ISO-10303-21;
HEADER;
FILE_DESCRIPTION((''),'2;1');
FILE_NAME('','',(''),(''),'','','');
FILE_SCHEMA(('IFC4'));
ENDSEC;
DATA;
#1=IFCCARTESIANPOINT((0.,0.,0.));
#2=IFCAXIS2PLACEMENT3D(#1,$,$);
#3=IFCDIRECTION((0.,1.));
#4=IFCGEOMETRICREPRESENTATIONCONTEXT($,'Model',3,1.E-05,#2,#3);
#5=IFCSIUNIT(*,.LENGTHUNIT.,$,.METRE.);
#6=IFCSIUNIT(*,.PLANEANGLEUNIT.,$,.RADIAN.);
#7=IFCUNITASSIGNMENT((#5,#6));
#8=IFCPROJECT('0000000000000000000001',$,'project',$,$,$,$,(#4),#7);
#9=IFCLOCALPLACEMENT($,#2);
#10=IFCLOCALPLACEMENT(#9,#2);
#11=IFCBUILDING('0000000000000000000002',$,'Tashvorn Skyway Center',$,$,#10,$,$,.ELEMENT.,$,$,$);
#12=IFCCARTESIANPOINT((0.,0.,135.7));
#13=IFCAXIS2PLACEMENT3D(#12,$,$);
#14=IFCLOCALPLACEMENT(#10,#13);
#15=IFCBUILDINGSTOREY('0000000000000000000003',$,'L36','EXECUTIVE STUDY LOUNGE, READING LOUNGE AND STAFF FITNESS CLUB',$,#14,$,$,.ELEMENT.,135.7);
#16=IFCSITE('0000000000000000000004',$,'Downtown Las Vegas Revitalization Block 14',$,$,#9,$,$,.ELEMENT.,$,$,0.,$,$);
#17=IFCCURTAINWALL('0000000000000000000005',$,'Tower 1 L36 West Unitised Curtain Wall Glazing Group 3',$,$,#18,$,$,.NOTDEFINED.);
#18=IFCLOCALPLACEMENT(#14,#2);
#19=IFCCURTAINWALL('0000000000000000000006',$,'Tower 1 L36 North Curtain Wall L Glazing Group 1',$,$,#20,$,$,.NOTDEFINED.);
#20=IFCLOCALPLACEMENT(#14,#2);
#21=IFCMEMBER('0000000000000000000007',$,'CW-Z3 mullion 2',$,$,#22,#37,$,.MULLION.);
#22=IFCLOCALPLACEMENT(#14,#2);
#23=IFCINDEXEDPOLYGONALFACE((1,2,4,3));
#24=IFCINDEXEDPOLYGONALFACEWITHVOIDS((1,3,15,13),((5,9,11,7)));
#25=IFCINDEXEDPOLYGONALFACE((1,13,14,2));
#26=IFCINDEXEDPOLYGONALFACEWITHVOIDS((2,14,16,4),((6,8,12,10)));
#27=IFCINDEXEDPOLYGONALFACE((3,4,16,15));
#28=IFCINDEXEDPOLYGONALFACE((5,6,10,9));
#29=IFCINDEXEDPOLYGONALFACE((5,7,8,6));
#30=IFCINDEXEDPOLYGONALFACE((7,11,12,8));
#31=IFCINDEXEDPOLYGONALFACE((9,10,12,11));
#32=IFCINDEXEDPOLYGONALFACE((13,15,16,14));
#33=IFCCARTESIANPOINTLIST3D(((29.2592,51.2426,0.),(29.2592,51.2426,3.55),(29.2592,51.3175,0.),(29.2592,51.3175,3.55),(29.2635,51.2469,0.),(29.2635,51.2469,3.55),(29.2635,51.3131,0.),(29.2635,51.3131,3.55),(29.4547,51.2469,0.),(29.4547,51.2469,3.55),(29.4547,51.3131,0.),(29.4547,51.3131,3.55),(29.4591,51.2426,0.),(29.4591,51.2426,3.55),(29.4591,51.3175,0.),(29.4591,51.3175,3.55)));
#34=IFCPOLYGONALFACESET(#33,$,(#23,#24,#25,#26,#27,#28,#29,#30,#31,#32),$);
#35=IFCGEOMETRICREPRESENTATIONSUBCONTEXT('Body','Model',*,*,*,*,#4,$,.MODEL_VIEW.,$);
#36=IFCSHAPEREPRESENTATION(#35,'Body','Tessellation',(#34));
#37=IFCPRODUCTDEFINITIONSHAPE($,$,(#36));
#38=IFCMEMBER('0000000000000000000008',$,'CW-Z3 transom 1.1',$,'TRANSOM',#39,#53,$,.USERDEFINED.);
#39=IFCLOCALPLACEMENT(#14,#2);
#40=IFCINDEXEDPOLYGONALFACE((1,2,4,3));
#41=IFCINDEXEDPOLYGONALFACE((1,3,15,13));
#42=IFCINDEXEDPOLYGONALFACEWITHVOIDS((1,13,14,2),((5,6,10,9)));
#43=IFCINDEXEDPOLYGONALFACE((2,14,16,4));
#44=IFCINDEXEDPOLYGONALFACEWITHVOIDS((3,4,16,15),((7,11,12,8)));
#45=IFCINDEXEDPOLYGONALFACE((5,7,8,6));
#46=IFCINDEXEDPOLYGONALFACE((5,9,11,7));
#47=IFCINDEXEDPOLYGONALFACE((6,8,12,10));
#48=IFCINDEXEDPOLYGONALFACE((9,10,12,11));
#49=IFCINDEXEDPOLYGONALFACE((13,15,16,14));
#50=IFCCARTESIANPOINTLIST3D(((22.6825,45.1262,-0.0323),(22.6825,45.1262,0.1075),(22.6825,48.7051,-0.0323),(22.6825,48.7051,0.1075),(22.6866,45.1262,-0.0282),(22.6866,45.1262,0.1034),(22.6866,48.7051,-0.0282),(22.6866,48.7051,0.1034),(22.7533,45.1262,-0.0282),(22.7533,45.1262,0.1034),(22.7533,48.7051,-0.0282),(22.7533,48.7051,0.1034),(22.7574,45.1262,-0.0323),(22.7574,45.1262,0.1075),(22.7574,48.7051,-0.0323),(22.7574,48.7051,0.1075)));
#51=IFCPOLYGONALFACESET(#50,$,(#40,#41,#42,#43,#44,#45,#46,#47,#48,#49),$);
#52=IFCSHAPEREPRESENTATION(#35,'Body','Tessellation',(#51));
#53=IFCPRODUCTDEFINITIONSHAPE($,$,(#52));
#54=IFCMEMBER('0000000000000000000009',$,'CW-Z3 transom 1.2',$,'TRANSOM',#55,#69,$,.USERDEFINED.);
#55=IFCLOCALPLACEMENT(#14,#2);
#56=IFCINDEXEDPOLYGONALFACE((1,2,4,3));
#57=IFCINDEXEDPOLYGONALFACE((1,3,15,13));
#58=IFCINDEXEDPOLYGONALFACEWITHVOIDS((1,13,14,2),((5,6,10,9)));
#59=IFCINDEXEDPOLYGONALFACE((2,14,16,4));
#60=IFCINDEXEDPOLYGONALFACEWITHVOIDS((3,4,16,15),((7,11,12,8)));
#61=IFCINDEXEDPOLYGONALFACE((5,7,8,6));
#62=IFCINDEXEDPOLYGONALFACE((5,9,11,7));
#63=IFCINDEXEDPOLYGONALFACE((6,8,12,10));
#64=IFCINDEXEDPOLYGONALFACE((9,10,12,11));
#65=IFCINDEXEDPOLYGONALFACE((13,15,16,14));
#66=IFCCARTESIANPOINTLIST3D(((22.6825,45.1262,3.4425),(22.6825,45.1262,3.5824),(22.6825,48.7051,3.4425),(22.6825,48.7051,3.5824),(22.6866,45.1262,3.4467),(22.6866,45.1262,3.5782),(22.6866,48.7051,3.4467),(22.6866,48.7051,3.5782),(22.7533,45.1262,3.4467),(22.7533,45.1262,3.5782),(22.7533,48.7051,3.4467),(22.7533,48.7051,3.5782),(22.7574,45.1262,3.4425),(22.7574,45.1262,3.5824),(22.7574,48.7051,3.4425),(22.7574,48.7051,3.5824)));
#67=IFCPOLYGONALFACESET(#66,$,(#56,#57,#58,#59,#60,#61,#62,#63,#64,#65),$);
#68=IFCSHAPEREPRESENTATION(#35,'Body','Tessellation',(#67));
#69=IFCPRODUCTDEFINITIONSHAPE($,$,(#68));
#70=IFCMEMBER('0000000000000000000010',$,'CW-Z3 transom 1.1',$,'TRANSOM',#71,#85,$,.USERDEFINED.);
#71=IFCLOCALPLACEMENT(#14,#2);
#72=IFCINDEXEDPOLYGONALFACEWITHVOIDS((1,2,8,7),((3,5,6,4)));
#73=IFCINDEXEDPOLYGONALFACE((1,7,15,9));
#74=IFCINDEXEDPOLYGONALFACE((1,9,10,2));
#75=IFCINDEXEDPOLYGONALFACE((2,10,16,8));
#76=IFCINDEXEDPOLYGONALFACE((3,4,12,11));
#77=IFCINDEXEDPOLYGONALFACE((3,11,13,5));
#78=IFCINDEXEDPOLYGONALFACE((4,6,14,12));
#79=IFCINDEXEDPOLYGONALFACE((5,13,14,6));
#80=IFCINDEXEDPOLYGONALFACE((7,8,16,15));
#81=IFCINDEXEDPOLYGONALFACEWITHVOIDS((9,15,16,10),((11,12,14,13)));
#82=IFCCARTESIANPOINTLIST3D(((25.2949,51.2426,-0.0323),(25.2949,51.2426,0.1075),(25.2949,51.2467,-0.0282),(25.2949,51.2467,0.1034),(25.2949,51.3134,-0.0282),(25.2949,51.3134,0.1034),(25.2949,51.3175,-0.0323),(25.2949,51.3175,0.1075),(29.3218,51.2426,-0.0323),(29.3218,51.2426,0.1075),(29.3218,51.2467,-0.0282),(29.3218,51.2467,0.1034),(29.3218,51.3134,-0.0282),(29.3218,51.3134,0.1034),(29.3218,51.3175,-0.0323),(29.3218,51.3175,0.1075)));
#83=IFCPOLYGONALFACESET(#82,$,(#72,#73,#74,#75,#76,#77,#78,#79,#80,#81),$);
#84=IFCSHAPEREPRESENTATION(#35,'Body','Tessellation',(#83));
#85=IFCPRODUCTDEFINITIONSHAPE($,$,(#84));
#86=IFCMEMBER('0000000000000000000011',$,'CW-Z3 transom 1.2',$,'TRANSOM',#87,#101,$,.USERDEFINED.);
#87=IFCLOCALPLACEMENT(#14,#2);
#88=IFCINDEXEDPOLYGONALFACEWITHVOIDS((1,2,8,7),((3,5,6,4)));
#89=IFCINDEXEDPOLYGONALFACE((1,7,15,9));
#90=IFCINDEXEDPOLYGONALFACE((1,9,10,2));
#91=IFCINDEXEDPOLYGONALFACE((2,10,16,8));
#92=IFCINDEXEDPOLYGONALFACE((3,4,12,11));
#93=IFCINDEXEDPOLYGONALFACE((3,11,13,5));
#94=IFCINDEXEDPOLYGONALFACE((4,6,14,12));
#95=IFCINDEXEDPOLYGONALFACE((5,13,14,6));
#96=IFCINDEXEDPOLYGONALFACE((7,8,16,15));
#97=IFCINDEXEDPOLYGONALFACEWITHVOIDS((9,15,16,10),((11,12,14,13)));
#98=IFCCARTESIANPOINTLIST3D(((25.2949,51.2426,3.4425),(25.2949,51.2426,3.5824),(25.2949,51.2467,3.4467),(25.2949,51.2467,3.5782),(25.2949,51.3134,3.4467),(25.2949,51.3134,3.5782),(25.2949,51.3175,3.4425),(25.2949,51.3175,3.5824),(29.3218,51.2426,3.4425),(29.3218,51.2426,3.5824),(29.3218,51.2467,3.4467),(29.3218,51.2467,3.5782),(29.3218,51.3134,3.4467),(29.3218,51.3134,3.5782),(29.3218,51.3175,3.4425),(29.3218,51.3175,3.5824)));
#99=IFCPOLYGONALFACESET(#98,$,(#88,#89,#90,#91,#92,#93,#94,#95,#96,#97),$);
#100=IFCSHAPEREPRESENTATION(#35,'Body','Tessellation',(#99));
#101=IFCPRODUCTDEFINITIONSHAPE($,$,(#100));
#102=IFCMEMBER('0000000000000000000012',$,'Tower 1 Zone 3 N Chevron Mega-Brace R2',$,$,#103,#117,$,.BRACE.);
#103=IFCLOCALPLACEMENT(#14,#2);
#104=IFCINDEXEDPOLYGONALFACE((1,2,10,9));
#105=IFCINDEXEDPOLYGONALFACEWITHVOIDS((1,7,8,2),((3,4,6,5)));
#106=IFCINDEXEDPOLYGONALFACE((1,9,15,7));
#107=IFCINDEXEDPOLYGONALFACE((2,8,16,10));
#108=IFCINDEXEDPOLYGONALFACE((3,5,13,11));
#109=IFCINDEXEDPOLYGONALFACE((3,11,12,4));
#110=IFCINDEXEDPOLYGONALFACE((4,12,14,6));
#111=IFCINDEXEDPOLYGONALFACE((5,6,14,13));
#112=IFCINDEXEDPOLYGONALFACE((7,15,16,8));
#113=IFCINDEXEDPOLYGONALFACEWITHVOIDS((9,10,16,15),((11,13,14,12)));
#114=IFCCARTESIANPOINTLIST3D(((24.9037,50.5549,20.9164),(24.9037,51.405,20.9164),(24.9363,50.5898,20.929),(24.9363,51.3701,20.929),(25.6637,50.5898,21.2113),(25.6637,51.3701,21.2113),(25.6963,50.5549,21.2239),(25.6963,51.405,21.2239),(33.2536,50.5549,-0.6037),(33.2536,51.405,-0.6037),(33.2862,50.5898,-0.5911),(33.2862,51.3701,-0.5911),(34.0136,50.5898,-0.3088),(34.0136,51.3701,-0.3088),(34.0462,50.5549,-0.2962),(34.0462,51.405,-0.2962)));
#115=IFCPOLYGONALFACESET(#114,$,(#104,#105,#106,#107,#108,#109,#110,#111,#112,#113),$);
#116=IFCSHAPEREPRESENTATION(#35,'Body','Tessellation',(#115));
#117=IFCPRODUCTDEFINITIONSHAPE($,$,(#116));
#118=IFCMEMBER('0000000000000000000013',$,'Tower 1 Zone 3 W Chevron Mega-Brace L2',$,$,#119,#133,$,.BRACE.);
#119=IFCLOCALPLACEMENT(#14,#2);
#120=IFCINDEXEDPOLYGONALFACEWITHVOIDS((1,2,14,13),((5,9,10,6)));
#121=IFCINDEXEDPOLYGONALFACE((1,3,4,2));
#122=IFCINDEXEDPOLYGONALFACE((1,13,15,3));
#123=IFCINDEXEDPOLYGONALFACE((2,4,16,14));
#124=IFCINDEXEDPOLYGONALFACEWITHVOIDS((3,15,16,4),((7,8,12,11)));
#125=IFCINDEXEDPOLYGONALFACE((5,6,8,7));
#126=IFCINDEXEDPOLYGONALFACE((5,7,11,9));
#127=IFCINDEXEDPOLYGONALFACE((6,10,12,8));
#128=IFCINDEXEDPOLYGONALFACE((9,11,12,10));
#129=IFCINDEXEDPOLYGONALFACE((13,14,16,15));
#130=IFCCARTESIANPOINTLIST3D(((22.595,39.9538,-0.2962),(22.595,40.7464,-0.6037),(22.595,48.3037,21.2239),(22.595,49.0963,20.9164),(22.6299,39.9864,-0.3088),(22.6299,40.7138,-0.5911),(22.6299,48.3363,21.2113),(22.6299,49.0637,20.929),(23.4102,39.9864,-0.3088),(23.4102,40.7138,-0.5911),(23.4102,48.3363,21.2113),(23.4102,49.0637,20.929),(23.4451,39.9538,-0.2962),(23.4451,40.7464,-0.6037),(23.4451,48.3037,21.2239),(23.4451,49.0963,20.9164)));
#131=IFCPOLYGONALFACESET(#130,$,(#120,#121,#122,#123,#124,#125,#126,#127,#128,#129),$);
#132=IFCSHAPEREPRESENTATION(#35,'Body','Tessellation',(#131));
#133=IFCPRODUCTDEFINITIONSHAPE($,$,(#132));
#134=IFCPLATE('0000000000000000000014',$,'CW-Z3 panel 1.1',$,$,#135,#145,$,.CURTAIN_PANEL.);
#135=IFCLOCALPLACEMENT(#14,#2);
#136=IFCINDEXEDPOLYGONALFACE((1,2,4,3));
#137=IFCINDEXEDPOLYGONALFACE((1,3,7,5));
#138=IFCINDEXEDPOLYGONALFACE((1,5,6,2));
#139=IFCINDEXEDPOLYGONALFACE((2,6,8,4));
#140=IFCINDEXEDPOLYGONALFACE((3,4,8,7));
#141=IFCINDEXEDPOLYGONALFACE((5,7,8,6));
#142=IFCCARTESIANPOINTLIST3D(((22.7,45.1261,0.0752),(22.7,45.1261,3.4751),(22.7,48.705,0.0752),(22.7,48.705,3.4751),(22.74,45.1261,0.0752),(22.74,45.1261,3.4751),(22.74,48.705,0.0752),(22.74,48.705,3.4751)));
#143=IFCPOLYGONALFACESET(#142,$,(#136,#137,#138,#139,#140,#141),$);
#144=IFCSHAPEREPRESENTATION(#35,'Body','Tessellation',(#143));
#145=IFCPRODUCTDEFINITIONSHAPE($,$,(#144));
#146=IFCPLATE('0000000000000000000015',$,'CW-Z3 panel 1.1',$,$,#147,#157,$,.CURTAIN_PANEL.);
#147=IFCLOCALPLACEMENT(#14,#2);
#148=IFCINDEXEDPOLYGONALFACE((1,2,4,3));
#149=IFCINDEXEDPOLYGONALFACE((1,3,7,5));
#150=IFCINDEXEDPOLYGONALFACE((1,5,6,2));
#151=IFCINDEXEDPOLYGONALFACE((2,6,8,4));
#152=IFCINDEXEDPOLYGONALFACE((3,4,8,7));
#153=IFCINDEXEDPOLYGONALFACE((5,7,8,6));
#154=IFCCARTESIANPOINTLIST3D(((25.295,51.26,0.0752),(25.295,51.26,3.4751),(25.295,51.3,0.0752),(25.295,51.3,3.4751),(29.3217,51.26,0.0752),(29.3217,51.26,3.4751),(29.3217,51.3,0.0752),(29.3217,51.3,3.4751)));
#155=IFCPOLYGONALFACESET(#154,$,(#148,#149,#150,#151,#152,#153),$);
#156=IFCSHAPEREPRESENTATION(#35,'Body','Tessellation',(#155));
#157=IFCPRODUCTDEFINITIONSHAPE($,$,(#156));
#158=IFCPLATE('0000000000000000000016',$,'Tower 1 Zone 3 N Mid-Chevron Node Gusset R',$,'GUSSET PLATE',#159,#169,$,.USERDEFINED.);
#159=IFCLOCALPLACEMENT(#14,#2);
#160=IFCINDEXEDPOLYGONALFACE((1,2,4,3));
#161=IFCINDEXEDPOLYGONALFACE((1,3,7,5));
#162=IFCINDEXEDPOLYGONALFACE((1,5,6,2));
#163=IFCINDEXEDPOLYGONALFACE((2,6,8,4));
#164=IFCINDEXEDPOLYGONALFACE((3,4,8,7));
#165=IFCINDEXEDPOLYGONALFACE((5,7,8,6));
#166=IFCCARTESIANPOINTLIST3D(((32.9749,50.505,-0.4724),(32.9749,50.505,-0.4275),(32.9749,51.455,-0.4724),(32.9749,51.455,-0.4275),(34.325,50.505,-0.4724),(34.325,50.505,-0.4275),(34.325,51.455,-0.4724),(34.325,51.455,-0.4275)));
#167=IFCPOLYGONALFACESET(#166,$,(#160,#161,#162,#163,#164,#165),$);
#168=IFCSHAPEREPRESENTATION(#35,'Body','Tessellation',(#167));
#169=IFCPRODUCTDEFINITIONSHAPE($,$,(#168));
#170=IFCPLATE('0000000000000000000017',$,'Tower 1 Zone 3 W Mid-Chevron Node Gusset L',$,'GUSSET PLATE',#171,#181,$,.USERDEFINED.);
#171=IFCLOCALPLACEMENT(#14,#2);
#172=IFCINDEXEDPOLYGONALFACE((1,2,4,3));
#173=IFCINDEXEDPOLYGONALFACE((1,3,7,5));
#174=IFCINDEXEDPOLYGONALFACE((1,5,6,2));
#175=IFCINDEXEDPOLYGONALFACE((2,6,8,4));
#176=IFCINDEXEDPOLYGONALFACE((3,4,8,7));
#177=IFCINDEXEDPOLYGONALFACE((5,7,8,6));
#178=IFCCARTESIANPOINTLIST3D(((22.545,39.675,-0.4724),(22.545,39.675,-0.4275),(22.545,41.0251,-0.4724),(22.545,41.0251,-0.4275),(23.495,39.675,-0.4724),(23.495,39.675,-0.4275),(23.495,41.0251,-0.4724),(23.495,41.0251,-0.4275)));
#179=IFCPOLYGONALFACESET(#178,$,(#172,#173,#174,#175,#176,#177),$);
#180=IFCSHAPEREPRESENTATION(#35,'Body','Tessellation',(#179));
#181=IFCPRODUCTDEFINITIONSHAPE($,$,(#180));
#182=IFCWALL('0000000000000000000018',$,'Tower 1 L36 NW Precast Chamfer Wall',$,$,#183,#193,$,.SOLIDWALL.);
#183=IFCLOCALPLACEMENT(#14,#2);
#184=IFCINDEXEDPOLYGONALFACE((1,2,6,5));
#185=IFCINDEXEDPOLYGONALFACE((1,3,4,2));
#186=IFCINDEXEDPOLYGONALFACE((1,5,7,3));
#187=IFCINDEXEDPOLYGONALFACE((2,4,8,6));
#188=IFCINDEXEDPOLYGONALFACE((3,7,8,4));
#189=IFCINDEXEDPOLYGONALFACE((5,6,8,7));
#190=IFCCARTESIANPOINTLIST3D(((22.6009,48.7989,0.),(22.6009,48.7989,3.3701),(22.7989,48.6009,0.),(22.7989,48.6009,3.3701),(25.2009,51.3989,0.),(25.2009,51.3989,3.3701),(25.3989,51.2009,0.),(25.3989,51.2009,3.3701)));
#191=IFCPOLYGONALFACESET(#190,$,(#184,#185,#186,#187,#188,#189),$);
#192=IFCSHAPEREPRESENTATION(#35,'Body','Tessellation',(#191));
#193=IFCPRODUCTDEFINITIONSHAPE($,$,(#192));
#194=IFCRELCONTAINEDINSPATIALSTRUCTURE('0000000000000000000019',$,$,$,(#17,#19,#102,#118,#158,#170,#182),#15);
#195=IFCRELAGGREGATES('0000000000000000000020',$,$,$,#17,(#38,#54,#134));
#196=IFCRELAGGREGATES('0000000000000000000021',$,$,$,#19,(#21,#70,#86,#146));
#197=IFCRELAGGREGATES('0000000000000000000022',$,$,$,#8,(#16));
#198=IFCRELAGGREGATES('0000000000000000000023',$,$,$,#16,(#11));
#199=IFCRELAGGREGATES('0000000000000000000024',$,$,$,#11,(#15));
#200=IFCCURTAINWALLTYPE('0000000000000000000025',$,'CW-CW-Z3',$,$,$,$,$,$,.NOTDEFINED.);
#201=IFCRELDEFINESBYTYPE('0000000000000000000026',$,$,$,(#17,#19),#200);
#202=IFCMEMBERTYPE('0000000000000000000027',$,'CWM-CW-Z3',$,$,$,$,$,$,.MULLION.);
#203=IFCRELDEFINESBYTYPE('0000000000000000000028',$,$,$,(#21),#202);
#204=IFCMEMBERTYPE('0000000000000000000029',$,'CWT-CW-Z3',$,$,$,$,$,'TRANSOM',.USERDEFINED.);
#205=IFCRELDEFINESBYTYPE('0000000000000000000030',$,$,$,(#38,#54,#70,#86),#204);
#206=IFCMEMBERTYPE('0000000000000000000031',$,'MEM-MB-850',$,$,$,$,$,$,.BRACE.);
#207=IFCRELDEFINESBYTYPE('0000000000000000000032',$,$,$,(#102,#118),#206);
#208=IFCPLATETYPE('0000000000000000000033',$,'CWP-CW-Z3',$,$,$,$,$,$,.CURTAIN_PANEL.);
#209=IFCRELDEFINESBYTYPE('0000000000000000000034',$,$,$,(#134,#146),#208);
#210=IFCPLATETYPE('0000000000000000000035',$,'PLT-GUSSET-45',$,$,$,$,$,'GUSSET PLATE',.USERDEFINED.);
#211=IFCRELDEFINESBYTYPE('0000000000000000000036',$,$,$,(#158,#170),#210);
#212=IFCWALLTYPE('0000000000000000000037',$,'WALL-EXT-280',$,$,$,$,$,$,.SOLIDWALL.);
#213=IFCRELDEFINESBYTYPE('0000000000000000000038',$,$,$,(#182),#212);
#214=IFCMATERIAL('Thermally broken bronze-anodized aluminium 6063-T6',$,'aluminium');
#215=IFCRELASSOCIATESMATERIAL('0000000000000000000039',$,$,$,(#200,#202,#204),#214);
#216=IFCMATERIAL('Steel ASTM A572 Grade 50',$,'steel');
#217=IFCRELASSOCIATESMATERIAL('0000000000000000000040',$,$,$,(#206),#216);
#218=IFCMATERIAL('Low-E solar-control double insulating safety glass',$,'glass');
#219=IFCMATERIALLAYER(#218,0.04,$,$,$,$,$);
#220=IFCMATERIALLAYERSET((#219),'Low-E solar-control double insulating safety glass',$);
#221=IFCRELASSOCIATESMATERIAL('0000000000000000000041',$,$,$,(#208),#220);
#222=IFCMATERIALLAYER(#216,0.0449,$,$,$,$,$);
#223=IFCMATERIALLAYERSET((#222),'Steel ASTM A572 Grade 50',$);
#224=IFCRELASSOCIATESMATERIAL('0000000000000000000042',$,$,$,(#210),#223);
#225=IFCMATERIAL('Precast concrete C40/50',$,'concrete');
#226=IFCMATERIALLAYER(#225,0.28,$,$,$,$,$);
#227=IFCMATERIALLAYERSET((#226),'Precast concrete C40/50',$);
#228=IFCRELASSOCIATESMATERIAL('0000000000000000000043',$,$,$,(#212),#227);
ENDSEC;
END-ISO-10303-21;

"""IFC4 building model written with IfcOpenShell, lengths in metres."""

from ifc_helpers import new_model, si_unit, direction, frame, frame_2d, origin, origin_2d, place, context, subcontext, project, spatial, rectangle, hollow_rectangle, extrude, material, layer, layer_set, material_profile, profile_set, type_object, element, aggregate, save


model = new_model("IFC4")

# Units and contexts
model_context = context("Model", 3, precision=1e-05, world=origin(), true_north=direction((0.0, 1.0)))
body_context = subcontext(model_context, "Body", "Model", "MODEL_VIEW")
ifc_project = project(units=[si_unit("LENGTHUNIT", "METRE"), si_unit("PLANEANGLEUNIT", "RADIAN")], contexts=[model_context])

# Site, building, storey
site_placement = place(None, origin())
site = spatial("IfcSite", under=ifc_project, at=site_placement, Name="Downtown Las Vegas Revitalization Block 14", CompositionType="ELEMENT", RefElevation=0.0)
building_placement = place(site_placement, origin())
building = spatial("IfcBuilding", under=site, at=building_placement, Name="Tashvorn Skyway Center", CompositionType="ELEMENT")
storey_placement = place(building_placement, frame((0.0, 0.0, 135.7)))
storey = spatial("IfcBuildingStorey", under=building, at=storey_placement, Name="L36", Description="EXECUTIVE STUDY LOUNGE, READING LOUNGE AND STAFF FITNESS CLUB", CompositionType="ELEMENT", Elevation=135.7)

# Shared definitions
ifc_material_1 = material(Name="Steel ASTM A572 Grade 50", Category="steel")

# Curtain walls, member
ifc_material_2 = material(Name="Thermally broken bronze-anodized aluminium 6063-T6", Category="aluminium")
curtain_wall_type = type_object("IfcCurtainWallType", Name="CW-CW-Z3", PredefinedType="NOTDEFINED", material=ifc_material_2)
curtain_wall_1_placement = place(storey_placement, origin())
curtain_wall_1 = element("IfcCurtainWall", 1, at=curtain_wall_1_placement, inside=storey, type_object=curtain_wall_type, Name="Tower 1 L36 West Unitised Curtain Wall Glazing Group 3", PredefinedType="NOTDEFINED")
ifc_material_profile_1 = material_profile(ifc_material_2, hollow_rectangle(XDim=0.075, YDim=0.2, WallThickness=0.0044, at=origin_2d()), Name="ALU-MULL-75x200")
ifc_profile_set_1 = profile_set([ifc_material_profile_1], Name="Thermally broken bronze-anodized aluminium 6063-T6")
member_type_1 = type_object("IfcMemberType", Name="CWM-CW-Z3", PredefinedType="MULLION", material=ifc_profile_set_1)
curtain_wall_2_placement = place(storey_placement, origin())
curtain_wall_2 = element("IfcCurtainWall", 2, at=curtain_wall_2_placement, inside=storey, type_object=curtain_wall_type, Name="Tower 1 L36 North Curtain Wall L Glazing Group 1", PredefinedType="NOTDEFINED")
member_1_placement = place(storey_placement, frame((29.3591, 51.28, 0.0), z_axis=(0.0, 0.0, 1.0), x_axis=(0.0, 1.0, 0.0)))
member_1 = element("IfcMember", 3, at=member_1_placement, type_object=member_type_1, Name="CW-Z3 mullion 2", PredefinedType="MULLION", context=body_context, shape_type="SweptSolid", body=[
    extrude(hollow_rectangle(XDim=0.075, YDim=0.2, WallThickness=0.0044, at=origin_2d()), origin(), (0.0, 0.0, 1.0), 3.55),
])

# Members
ifc_material_profile_2 = material_profile(ifc_material_2, hollow_rectangle(XDim=0.075, YDim=0.1399, WallThickness=0.0042, at=origin_2d()), Name="ALU-TRAN-75x140")
ifc_profile_set_2 = profile_set([ifc_material_profile_2], Name="Thermally broken bronze-anodized aluminium 6063-T6")
member_type_2 = type_object("IfcMemberType", Name="CWT-CW-Z3", ElementType="TRANSOM", PredefinedType="USERDEFINED", material=ifc_profile_set_2)
member_2_placement = place(storey_placement, frame((22.72, 45.1262, 0.0376), z_axis=(0.0, 1.0, 0.0), x_axis=(-1.0, 0.0, 0.0)))
member_2 = element("IfcMember", 4, at=member_2_placement, type_object=member_type_2, Name="CW-Z3 transom 1.1", ObjectType="TRANSOM", PredefinedType="USERDEFINED", context=body_context, shape_type="SweptSolid", body=[
    extrude(hollow_rectangle(XDim=0.075, YDim=0.1399, WallThickness=0.0042, at=origin_2d()), origin(), (0.0, 0.0, 1.0), 3.5789),
])
member_3_placement = place(storey_placement, frame((22.72, 45.1262, 3.5125), z_axis=(0.0, 1.0, 0.0), x_axis=(-1.0, 0.0, 0.0)))
member_3 = element("IfcMember", 5, at=member_3_placement, type_object=member_type_2, Name="CW-Z3 transom 1.2", ObjectType="TRANSOM", PredefinedType="USERDEFINED", context=body_context, shape_type="SweptSolid", body=[
    extrude(hollow_rectangle(XDim=0.075, YDim=0.1399, WallThickness=0.0042, at=origin_2d()), origin(), (0.0, 0.0, 1.0), 3.5789),
])
member_4_placement = place(storey_placement, frame((25.2949, 51.28, 0.0376), z_axis=(1.0, 0.0, 0.0), x_axis=(0.0, 1.0, 0.0)))
member_4 = element("IfcMember", 6, at=member_4_placement, type_object=member_type_2, Name="CW-Z3 transom 1.1", ObjectType="TRANSOM", PredefinedType="USERDEFINED", context=body_context, shape_type="SweptSolid", body=[
    extrude(hollow_rectangle(XDim=0.075, YDim=0.1399, WallThickness=0.0042, at=origin_2d()), origin(), (0.0, 0.0, 1.0), 4.0269),
])
member_5_placement = place(storey_placement, frame((25.2949, 51.28, 3.5125), z_axis=(1.0, 0.0, 0.0), x_axis=(0.0, 1.0, 0.0)))
member_5 = element("IfcMember", 7, at=member_5_placement, type_object=member_type_2, Name="CW-Z3 transom 1.2", ObjectType="TRANSOM", PredefinedType="USERDEFINED", context=body_context, shape_type="SweptSolid", body=[
    extrude(hollow_rectangle(XDim=0.075, YDim=0.1399, WallThickness=0.0042, at=origin_2d()), origin(), (0.0, 0.0, 1.0), 4.0269),
])

# Members
ifc_material_profile_3 = material_profile(ifc_material_1, hollow_rectangle(XDim=0.8501, YDim=0.8501, WallThickness=0.0349, at=origin_2d()), Name="BOX850x850x35")
ifc_profile_set_3 = profile_set([ifc_material_profile_3], Name="Steel ASTM A572 Grade 50")
member_type_3 = type_object("IfcMemberType", Name="MEM-MB-850", PredefinedType="BRACE", material=ifc_profile_set_3)
for number, where, z_axis, x_axis, name in (
    (8, (33.6499, 50.98, -0.45), (-0.36173, 0.0, 0.932283), (0.0, -1.0, 0.0), "Tower 1 Zone 3 N Chevron Mega-Brace R2"),
    (9, (23.02, 40.3501, -0.45), (0.0, 0.36173, 0.932283), (-1.0, 0.0, 0.0), "Tower 1 Zone 3 W Chevron Mega-Brace L2"),
):
    element("IfcMember", number, at=place(storey_placement, frame(where, z_axis=z_axis, x_axis=x_axis)), inside=storey, type_object=member_type_3, Name=name, PredefinedType="BRACE", context=body_context, shape_type="SweptSolid", body=[
        extrude(hollow_rectangle(XDim=0.8501, YDim=0.8501, WallThickness=0.0349, at=origin_2d()), origin(), (0.0, 0.0, 1.0), 23.0833),
    ])

# Plates
ifc_material_3 = material(Name="Low-E solar-control double insulating safety glass", Category="glass")
ifc_layer_1 = layer(ifc_material_3, 0.04)
ifc_layer_set_1 = layer_set([ifc_layer_1], Name="Low-E solar-control double insulating safety glass")
plate_type_1 = type_object("IfcPlateType", Name="CWP-CW-Z3", PredefinedType="CURTAIN_PANEL", material=ifc_layer_set_1)
plate_1_placement = place(storey_placement, frame((22.72, 46.9155, 0.0752), z_axis=(0.0, 0.0, 1.0), x_axis=(0.0, 1.0, 0.0)))
plate_1 = element("IfcPlate", 10, at=plate_1_placement, type_object=plate_type_1, Name="CW-Z3 panel 1.1", PredefinedType="CURTAIN_PANEL", context=body_context, shape_type="SweptSolid", body=[
    extrude(rectangle(XDim=3.5789, YDim=0.04, at=origin_2d()), origin(), (0.0, 0.0, 1.0), 3.3999),
])
aggregate(curtain_wall_1, [member_2, member_3, plate_1])
plate_2_placement = place(storey_placement, frame((27.3083, 51.28, 0.0752), z_axis=(0.0, 0.0, 1.0), x_axis=(1.0, 0.0, 0.0)))
plate_2 = element("IfcPlate", 11, at=plate_2_placement, type_object=plate_type_1, Name="CW-Z3 panel 1.1", PredefinedType="CURTAIN_PANEL", context=body_context, shape_type="SweptSolid", body=[
    extrude(rectangle(XDim=4.0266, YDim=0.04, at=origin_2d()), origin(), (0.0, 0.0, 1.0), 3.3999),
])
aggregate(curtain_wall_2, [member_1, member_4, member_5, plate_2])

# Plates
ifc_layer_2 = layer(ifc_material_1, 0.0449)
ifc_layer_set_2 = layer_set([ifc_layer_2], Name="Steel ASTM A572 Grade 50")
plate_type_2 = type_object("IfcPlateType", Name="PLT-GUSSET-45", ElementType="GUSSET PLATE", PredefinedType="USERDEFINED", material=ifc_layer_set_2)
for number, where, z_axis, x_axis, name in (
    (12, (33.6499, 50.98, -0.4724), (0.0, 0.0, 1.0), (-1.0, 0.0, 0.0), "Tower 1 Zone 3 N Mid-Chevron Node Gusset R"),
    (13, (23.02, 40.3501, -0.4724), (0.0, 0.0, 1.0), (0.0, -1.0, 0.0), "Tower 1 Zone 3 W Mid-Chevron Node Gusset L"),
):
    element("IfcPlate", number, at=place(storey_placement, frame(where, z_axis=z_axis, x_axis=x_axis)), inside=storey, type_object=plate_type_2, Name=name, ObjectType="GUSSET PLATE", PredefinedType="USERDEFINED", context=body_context, shape_type="SweptSolid", body=[
        extrude(rectangle(XDim=1.3501, YDim=0.95, at=origin_2d()), origin(), (0.0, 0.0, 1.0), 0.0449),
    ])

# Wall
ifc_material_4 = material(Name="Precast concrete C40/50", Category="concrete")
ifc_layer_3 = layer(ifc_material_4, 0.28)
ifc_layer_set_3 = layer_set([ifc_layer_3], Name="Precast concrete C40/50")
wall_type_1 = type_object("IfcWallType", Name="WALL-EXT-280", PredefinedType="SOLIDWALL", material=ifc_layer_set_3)
wall_1_placement = place(storey_placement, frame((22.7, 48.7, 0.0), z_axis=(0.0, 0.0, 1.0), x_axis=(0.707107, 0.707107, 0.0)))
element("IfcWall", 14, at=wall_1_placement, inside=storey, type_object=wall_type_1, Name="Tower 1 L36 NW Precast Chamfer Wall", PredefinedType="SOLIDWALL", context=body_context, shape_type="SweptSolid", body=[
    extrude(rectangle(XDim=3.677, YDim=0.28, at=frame_2d((1.8384, 0.0))), origin(), (0.0, 0.0, 1.0), 3.3701),
])

save(model, "model.ifc")
